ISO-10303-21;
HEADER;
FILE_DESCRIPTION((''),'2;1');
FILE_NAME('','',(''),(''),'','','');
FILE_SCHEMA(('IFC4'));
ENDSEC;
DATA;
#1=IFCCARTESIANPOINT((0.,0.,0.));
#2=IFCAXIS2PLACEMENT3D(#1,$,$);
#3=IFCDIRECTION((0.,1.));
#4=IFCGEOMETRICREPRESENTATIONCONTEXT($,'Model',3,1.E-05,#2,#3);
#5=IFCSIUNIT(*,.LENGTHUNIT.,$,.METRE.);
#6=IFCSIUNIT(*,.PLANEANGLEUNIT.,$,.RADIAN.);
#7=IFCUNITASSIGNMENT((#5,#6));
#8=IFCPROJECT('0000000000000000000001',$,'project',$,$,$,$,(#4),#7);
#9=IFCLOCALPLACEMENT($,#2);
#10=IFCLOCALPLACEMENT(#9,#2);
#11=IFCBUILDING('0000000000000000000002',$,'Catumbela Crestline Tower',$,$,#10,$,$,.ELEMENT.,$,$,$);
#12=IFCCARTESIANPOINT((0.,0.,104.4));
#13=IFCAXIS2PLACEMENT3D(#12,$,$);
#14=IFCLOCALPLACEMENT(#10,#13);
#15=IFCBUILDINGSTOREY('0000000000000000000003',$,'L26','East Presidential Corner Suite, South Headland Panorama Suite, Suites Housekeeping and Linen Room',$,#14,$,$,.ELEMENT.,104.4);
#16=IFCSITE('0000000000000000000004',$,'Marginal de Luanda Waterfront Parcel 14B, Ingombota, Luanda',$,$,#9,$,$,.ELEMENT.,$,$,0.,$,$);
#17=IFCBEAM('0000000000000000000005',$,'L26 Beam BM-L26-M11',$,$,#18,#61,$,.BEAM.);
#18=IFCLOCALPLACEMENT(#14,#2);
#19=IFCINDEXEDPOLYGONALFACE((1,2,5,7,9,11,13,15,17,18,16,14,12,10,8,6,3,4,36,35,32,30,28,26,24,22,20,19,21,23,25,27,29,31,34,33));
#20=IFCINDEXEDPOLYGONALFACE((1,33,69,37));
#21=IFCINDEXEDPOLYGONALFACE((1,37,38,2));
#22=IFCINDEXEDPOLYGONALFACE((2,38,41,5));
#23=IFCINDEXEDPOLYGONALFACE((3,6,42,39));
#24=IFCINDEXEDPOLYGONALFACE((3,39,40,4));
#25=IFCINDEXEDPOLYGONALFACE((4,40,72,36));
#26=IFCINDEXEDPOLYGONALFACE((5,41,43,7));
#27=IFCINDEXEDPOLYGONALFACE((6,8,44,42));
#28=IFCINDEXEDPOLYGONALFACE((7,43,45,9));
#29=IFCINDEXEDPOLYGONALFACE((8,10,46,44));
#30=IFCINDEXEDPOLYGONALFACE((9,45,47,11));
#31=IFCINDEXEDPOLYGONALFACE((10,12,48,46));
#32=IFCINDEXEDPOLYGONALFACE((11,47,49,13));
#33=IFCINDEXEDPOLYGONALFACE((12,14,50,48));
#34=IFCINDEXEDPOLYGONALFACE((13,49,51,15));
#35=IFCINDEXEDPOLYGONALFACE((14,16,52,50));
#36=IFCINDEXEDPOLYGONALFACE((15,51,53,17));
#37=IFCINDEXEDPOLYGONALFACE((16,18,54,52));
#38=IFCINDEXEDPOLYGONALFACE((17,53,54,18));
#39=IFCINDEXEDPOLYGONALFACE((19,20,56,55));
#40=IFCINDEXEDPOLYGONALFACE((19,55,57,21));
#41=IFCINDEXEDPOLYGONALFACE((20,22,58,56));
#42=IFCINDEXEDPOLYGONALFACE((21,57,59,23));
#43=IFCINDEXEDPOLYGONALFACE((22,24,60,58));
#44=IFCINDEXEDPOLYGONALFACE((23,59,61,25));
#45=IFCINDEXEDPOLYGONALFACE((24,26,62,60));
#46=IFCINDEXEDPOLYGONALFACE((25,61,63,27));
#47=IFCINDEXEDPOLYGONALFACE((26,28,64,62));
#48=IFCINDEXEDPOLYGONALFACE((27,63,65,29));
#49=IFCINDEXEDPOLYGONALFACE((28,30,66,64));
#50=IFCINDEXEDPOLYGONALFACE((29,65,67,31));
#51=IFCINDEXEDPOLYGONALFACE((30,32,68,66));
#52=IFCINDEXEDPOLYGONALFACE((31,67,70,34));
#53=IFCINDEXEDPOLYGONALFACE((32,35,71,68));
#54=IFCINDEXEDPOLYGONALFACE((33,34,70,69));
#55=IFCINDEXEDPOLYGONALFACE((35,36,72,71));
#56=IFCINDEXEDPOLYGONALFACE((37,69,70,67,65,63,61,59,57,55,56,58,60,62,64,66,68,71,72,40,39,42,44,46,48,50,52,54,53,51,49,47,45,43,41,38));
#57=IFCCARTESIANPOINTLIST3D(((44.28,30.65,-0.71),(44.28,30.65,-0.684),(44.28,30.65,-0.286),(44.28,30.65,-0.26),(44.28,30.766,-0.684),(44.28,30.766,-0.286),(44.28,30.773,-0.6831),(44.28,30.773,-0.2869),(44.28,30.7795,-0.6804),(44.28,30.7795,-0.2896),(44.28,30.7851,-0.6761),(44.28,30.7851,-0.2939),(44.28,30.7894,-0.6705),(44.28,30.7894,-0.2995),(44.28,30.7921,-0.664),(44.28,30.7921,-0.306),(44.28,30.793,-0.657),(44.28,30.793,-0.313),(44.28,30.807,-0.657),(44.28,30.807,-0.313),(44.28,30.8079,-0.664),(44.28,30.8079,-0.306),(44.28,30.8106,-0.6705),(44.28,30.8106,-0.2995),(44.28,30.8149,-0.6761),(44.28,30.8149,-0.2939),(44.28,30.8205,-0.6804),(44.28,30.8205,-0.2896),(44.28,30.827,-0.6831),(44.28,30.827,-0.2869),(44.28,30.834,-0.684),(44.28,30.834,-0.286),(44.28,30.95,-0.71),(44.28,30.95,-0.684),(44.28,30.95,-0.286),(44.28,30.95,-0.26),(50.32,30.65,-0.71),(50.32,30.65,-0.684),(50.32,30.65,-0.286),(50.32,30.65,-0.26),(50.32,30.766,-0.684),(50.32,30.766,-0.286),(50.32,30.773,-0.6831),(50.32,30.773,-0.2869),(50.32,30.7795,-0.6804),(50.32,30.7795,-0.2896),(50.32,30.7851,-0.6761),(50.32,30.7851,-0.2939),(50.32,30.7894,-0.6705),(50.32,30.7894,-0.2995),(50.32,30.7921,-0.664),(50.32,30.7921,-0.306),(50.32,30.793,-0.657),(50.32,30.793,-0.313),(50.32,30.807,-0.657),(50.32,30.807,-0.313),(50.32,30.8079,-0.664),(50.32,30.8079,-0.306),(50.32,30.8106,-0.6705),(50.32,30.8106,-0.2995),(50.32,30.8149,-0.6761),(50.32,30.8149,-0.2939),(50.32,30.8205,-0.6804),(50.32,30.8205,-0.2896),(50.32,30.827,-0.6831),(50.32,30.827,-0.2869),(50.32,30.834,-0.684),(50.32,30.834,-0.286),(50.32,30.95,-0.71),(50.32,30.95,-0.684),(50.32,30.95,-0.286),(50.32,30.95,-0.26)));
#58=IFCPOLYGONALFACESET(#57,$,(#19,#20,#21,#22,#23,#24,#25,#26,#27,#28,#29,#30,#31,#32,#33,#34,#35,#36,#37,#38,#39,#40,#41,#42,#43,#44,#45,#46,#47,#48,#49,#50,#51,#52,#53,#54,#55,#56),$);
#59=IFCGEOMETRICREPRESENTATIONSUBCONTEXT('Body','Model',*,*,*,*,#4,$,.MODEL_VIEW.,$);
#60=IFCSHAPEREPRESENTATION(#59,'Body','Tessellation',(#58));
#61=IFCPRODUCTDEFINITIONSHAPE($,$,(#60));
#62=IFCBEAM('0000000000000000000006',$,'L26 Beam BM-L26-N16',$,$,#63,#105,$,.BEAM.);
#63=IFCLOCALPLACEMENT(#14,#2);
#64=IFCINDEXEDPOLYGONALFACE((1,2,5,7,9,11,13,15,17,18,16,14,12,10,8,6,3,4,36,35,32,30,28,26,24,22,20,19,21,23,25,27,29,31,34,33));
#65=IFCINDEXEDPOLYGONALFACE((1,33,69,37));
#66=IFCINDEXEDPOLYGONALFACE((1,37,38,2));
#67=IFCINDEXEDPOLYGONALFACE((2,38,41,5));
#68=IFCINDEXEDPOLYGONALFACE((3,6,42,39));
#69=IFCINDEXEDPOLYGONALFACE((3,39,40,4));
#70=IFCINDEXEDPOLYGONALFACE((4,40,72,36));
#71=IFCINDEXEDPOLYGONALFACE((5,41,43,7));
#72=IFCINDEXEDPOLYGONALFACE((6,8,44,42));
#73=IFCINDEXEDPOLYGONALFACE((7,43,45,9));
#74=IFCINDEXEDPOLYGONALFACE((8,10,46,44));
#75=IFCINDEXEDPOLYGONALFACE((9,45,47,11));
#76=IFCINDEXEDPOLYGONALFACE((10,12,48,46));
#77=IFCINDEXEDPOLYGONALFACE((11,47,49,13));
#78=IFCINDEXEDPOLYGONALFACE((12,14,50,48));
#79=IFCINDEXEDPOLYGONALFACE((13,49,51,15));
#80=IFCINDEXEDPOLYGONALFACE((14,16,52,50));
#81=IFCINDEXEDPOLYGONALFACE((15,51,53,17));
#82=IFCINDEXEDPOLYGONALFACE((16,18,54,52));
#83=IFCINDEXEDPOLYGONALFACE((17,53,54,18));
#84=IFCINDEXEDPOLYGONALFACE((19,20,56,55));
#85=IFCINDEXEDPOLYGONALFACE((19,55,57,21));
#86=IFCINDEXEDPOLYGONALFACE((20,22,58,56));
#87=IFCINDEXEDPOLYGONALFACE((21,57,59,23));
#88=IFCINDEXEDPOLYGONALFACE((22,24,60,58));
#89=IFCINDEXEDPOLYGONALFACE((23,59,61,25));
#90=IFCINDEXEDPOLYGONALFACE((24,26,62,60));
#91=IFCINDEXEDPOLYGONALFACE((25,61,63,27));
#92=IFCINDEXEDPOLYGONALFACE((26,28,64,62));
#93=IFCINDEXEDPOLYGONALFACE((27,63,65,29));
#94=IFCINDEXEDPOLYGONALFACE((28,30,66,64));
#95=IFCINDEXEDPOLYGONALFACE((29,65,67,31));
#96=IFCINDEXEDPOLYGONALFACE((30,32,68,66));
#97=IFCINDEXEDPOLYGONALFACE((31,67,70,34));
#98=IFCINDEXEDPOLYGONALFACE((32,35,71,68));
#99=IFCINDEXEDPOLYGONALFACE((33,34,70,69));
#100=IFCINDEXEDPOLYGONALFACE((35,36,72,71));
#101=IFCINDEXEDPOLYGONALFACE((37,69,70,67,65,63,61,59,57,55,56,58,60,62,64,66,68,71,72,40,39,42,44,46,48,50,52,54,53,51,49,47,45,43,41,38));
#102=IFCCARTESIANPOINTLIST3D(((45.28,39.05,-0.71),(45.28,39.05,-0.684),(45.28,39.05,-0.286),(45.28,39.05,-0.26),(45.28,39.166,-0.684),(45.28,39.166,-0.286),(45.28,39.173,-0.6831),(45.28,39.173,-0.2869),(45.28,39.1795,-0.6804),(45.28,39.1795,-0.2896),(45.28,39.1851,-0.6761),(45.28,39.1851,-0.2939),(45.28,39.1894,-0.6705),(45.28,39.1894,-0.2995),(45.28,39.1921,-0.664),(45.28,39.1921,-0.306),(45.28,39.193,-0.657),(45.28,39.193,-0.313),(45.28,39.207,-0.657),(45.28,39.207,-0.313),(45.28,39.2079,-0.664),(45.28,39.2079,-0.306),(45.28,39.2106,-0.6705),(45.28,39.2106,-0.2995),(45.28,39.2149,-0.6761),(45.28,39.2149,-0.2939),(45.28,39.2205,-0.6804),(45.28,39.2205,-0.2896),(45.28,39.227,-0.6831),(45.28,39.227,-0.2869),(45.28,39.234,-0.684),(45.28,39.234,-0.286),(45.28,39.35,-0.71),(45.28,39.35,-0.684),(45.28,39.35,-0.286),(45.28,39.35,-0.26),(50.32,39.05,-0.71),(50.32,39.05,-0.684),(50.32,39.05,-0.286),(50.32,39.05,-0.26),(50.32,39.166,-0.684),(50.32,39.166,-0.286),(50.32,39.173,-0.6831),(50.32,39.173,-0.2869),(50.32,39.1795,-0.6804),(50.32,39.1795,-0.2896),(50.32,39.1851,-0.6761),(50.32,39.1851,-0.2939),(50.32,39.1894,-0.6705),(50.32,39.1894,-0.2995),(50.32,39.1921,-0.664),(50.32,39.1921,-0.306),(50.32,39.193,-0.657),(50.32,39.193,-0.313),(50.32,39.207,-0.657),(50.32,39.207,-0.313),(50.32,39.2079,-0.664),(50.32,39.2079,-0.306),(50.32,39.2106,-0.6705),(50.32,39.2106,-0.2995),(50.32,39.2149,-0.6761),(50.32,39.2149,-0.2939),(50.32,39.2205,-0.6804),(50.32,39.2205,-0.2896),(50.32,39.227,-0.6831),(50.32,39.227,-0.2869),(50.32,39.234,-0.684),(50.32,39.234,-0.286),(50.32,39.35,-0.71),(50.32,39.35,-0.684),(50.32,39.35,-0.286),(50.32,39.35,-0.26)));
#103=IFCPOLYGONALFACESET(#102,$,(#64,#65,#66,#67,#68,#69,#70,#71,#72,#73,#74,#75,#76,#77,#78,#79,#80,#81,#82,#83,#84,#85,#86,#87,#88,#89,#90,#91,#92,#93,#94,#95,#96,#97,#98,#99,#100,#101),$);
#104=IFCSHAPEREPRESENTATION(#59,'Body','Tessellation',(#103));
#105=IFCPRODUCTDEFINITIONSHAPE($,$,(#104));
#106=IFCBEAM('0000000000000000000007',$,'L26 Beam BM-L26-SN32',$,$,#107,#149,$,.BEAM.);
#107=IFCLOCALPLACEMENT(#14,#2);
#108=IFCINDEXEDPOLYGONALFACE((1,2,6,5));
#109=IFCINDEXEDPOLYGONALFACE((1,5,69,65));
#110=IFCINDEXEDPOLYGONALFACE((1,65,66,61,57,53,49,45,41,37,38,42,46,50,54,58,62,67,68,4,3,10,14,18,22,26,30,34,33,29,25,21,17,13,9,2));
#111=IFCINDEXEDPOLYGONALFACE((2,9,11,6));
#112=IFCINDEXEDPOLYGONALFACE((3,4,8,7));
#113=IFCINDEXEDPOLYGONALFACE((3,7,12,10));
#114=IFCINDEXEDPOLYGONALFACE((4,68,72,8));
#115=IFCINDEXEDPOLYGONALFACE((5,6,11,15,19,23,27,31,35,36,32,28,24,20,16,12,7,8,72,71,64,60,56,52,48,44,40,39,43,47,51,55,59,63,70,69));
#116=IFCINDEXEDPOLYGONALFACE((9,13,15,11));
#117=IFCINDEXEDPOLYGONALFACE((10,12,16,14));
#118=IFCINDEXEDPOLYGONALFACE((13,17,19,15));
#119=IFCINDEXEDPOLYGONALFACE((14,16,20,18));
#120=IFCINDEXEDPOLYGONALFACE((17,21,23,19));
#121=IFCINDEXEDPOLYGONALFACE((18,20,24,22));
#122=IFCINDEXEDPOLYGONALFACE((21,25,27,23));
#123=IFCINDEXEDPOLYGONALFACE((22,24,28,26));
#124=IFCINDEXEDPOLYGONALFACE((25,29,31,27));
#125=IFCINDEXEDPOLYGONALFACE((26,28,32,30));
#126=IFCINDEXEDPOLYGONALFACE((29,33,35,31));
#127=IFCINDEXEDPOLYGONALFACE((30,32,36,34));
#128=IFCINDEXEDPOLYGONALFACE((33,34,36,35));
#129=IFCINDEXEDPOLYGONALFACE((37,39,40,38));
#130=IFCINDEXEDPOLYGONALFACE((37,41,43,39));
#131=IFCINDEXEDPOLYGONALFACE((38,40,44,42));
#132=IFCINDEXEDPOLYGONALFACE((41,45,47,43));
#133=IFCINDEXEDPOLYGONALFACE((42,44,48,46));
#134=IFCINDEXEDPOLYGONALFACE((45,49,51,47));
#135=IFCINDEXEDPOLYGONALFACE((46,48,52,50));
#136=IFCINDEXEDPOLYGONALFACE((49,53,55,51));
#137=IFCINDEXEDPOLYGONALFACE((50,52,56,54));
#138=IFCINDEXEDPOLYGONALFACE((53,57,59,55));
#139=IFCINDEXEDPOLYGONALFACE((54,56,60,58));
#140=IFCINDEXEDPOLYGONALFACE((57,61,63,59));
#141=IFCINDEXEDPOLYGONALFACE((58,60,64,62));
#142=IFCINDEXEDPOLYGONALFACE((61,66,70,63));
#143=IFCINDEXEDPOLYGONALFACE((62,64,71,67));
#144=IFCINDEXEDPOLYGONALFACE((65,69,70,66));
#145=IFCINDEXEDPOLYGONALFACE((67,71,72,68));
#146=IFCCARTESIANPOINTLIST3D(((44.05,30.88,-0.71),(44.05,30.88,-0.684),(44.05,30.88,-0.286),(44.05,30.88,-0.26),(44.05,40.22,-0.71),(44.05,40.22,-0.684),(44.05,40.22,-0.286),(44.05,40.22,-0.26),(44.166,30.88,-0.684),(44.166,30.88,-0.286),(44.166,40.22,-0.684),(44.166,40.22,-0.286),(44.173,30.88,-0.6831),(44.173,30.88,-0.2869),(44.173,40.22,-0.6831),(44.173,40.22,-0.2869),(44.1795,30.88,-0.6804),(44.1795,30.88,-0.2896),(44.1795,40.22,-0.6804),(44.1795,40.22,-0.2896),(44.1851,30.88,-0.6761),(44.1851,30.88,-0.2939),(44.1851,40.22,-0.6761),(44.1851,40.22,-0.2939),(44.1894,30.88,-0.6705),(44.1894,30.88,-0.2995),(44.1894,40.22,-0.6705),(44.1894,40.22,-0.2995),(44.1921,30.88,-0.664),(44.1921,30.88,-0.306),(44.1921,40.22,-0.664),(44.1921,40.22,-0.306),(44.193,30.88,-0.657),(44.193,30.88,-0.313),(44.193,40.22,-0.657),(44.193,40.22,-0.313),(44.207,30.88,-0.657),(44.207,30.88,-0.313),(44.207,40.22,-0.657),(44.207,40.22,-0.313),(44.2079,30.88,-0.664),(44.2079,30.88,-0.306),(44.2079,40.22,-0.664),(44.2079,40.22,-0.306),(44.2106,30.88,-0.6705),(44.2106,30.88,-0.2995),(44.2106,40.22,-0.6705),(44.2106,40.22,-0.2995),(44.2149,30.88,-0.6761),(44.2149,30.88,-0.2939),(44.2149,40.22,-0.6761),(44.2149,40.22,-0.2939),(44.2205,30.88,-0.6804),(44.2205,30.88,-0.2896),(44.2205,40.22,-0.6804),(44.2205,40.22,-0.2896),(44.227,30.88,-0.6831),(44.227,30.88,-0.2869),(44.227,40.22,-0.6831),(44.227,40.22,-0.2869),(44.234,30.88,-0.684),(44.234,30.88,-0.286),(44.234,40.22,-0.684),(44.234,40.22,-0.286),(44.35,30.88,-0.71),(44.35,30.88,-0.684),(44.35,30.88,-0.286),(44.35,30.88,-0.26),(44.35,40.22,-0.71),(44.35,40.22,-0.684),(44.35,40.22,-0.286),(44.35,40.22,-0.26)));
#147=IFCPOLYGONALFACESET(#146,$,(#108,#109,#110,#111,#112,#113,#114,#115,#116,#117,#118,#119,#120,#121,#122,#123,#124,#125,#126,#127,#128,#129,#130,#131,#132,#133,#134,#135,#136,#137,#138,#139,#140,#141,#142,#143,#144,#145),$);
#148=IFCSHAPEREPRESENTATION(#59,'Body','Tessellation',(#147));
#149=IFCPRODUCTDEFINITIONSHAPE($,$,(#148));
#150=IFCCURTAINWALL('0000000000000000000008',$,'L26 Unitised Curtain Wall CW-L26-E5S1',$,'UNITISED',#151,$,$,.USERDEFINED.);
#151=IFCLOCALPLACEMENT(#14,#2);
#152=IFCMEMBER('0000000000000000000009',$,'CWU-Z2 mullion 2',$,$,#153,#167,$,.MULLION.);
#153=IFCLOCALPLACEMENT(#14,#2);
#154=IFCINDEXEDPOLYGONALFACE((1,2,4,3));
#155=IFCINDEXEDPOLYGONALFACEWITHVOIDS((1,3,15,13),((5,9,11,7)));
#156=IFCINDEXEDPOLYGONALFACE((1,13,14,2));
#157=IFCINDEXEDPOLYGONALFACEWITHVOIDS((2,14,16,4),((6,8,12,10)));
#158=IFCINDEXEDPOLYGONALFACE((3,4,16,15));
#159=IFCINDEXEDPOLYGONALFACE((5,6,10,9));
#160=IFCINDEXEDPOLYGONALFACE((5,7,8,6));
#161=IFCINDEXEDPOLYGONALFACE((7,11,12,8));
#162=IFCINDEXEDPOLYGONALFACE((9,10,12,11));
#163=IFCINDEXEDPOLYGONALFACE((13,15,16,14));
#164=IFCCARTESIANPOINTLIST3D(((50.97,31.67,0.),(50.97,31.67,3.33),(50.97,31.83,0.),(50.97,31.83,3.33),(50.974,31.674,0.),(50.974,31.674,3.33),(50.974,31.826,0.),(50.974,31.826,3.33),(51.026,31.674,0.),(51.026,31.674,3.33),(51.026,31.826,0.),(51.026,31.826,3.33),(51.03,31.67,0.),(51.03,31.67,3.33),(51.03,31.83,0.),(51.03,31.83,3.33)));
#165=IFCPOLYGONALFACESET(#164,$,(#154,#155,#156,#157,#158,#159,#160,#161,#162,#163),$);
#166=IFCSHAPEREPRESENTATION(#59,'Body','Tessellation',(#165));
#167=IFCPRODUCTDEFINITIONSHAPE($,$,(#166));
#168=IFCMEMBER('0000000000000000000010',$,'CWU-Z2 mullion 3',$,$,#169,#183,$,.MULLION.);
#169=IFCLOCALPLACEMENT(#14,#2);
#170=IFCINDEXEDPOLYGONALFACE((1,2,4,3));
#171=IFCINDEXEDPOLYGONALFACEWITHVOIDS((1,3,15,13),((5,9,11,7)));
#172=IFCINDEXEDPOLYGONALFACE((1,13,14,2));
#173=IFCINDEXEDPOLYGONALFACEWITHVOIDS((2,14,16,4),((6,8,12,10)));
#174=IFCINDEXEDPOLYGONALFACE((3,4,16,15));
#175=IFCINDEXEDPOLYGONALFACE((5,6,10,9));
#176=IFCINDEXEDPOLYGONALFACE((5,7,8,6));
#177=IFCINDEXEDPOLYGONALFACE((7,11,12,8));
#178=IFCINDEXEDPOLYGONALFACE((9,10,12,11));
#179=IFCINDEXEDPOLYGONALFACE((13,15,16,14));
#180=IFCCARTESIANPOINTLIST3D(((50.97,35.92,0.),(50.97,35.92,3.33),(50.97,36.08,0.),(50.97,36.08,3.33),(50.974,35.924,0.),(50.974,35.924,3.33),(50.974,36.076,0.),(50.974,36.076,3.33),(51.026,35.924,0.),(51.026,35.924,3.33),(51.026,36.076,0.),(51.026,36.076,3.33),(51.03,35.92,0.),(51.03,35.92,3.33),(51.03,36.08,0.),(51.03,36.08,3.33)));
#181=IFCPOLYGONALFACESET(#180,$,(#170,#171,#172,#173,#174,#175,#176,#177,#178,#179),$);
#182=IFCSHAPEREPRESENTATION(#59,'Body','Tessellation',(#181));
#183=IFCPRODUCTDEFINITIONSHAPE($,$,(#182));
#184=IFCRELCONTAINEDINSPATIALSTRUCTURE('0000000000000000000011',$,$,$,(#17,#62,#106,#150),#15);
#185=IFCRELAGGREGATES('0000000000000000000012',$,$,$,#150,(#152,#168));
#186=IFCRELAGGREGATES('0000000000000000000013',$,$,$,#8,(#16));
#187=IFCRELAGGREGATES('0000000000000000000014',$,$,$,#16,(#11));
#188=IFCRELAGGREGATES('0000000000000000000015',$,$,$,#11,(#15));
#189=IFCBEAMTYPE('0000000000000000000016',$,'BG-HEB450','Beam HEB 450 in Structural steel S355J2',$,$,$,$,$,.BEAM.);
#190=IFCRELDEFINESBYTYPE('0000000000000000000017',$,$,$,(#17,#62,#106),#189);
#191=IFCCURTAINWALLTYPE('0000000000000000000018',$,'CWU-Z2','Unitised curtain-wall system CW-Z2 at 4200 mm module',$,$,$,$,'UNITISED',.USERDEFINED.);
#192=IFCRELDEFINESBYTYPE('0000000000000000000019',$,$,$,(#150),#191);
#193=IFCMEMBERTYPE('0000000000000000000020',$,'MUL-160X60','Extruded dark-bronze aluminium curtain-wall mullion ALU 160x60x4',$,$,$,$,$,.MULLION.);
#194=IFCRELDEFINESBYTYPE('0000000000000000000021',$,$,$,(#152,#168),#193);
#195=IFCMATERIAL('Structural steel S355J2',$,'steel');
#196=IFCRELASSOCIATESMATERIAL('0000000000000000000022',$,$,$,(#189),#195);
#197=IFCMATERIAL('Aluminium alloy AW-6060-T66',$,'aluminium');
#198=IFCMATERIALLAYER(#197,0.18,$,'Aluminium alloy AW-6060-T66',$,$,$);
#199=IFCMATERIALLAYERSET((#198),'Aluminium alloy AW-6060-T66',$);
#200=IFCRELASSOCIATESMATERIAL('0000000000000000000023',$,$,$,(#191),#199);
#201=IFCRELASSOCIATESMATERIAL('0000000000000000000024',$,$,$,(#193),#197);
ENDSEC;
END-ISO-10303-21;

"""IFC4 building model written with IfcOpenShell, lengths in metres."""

from ifc_helpers import new_model, si_unit, direction, frame, origin, origin_2d, place, context, subcontext, project, spatial, hollow_rectangle, i_section, extrude, material, layer, layer_set, material_profile, profile_set, type_object, element, aggregate, save


model = new_model("IFC4")

# Units and contexts
model_context = context("Model", 3, precision=1e-05, world=origin(), true_north=direction((0.0, 1.0)))
body_context = subcontext(model_context, "Body", "Model", "MODEL_VIEW")
ifc_project = project(units=[si_unit("LENGTHUNIT", "METRE"), si_unit("PLANEANGLEUNIT", "RADIAN")], contexts=[model_context])

# Site, building, storey
site_placement = place(None, origin())
site = spatial("IfcSite", under=ifc_project, at=site_placement, Name="Marginal de Luanda Waterfront Parcel 14B, Ingombota, Luanda", CompositionType="ELEMENT", RefElevation=0.0)
building_placement = place(site_placement, origin())
building = spatial("IfcBuilding", under=site, at=building_placement, Name="Catumbela Crestline Tower", CompositionType="ELEMENT")
storey_placement = place(building_placement, frame((0.0, 0.0, 104.4)))
storey = spatial("IfcBuildingStorey", under=building, at=storey_placement, Name="L26", Description="East Presidential Corner Suite, South Headland Panorama Suite, Suites Housekeeping and Linen Room", CompositionType="ELEMENT", Elevation=104.4)

# Beams
ifc_material_1 = material(Name="Structural steel S355J2", Category="steel")
ifc_material_profile_1 = material_profile(ifc_material_1, i_section(OverallWidth=0.3, OverallDepth=0.45, WebThickness=0.014, FlangeThickness=0.026, FilletRadius=0.027, at=origin_2d()), Name="HEB 450")
ifc_profile_set_1 = profile_set([ifc_material_profile_1], Name="Structural steel S355J2")
beam_type_1 = type_object("IfcBeamType", Name="BG-HEB450", Description="Beam HEB 450 in Structural steel S355J2", PredefinedType="BEAM", material=ifc_profile_set_1)
beam_1_placement = place(storey_placement, frame((44.28, 30.8, -0.485), z_axis=(1.0, 0.0, 0.0), x_axis=(0.0, 1.0, 0.0)))
element("IfcBeam", 1, at=beam_1_placement, inside=storey, type_object=beam_type_1, Name="L26 Beam BM-L26-M11", PredefinedType="BEAM", context=body_context, shape_type="SweptSolid", body=[
    extrude(i_section(OverallWidth=0.3, OverallDepth=0.45, WebThickness=0.014, FlangeThickness=0.026, FilletRadius=0.027, at=origin_2d()), origin(), (0.0, 0.0, 1.0), 6.04),
])
beam_2_placement = place(storey_placement, frame((45.28, 39.2, -0.485), z_axis=(1.0, 0.0, 0.0), x_axis=(0.0, 1.0, 0.0)))
element("IfcBeam", 2, at=beam_2_placement, inside=storey, type_object=beam_type_1, Name="L26 Beam BM-L26-N16", PredefinedType="BEAM", context=body_context, shape_type="SweptSolid", body=[
    extrude(i_section(OverallWidth=0.3, OverallDepth=0.45, WebThickness=0.014, FlangeThickness=0.026, FilletRadius=0.027, at=origin_2d()), origin(), (0.0, 0.0, 1.0), 5.04),
])
beam_3_placement = place(storey_placement, frame((44.2, 30.88, -0.485), z_axis=(0.0, 1.0, 0.0), x_axis=(-1.0, 0.0, 0.0)))
element("IfcBeam", 3, at=beam_3_placement, inside=storey, type_object=beam_type_1, Name="L26 Beam BM-L26-SN32", PredefinedType="BEAM", context=body_context, shape_type="SweptSolid", body=[
    extrude(i_section(OverallWidth=0.3, OverallDepth=0.45, WebThickness=0.014, FlangeThickness=0.026, FilletRadius=0.027, at=origin_2d()), origin(), (0.0, 0.0, 1.0), 9.34),
])

# Curtain wall, members
ifc_material_2 = material(Name="Aluminium alloy AW-6060-T66", Category="aluminium")
ifc_layer_1 = layer(ifc_material_2, 0.18, Name="Aluminium alloy AW-6060-T66")
ifc_layer_set_1 = layer_set([ifc_layer_1], Name="Aluminium alloy AW-6060-T66")
curtain_wall_type = type_object("IfcCurtainWallType", Name="CWU-Z2", Description="Unitised curtain-wall system CW-Z2 at 4200 mm module", ElementType="UNITISED", PredefinedType="USERDEFINED", material=ifc_layer_set_1)
curtain_wall_placement = place(storey_placement, origin())
curtain_wall = element("IfcCurtainWall", 4, at=curtain_wall_placement, inside=storey, type_object=curtain_wall_type, Name="L26 Unitised Curtain Wall CW-L26-E5S1", ObjectType="UNITISED", PredefinedType="USERDEFINED")
ifc_material_profile_2 = material_profile(ifc_material_2, hollow_rectangle(XDim=0.06, YDim=0.16, WallThickness=0.004, at=origin_2d()), Name="ALU 160x60x4")
ifc_profile_set_2 = profile_set([ifc_material_profile_2], Name="Aluminium alloy AW-6060-T66")
member_type_1 = type_object("IfcMemberType", Name="MUL-160X60", Description="Extruded dark-bronze aluminium curtain-wall mullion ALU 160x60x4", PredefinedType="MULLION", material=ifc_profile_set_2)
member_1_placement = place(storey_placement, frame((51.0, 31.75, 0.0), z_axis=(0.0, 0.0, 1.0), x_axis=(-1.0, 0.0, 0.0)))
member_1 = element("IfcMember", 5, at=member_1_placement, type_object=member_type_1, Name="CWU-Z2 mullion 2", PredefinedType="MULLION", context=body_context, shape_type="SweptSolid", body=[
    extrude(hollow_rectangle(XDim=0.06, YDim=0.16, WallThickness=0.004, at=origin_2d()), origin(), (0.0, 0.0, 1.0), 3.33),
])
member_2_placement = place(storey_placement, frame((51.0, 36.0, 0.0), z_axis=(0.0, 0.0, 1.0), x_axis=(-1.0, 0.0, 0.0)))
member_2 = element("IfcMember", 6, at=member_2_placement, type_object=member_type_1, Name="CWU-Z2 mullion 3", PredefinedType="MULLION", context=body_context, shape_type="SweptSolid", body=[
    extrude(hollow_rectangle(XDim=0.06, YDim=0.16, WallThickness=0.004, at=origin_2d()), origin(), (0.0, 0.0, 1.0), 3.33),
])

aggregate(curtain_wall, [member_1, member_2])

save(model, "model.ifc")
